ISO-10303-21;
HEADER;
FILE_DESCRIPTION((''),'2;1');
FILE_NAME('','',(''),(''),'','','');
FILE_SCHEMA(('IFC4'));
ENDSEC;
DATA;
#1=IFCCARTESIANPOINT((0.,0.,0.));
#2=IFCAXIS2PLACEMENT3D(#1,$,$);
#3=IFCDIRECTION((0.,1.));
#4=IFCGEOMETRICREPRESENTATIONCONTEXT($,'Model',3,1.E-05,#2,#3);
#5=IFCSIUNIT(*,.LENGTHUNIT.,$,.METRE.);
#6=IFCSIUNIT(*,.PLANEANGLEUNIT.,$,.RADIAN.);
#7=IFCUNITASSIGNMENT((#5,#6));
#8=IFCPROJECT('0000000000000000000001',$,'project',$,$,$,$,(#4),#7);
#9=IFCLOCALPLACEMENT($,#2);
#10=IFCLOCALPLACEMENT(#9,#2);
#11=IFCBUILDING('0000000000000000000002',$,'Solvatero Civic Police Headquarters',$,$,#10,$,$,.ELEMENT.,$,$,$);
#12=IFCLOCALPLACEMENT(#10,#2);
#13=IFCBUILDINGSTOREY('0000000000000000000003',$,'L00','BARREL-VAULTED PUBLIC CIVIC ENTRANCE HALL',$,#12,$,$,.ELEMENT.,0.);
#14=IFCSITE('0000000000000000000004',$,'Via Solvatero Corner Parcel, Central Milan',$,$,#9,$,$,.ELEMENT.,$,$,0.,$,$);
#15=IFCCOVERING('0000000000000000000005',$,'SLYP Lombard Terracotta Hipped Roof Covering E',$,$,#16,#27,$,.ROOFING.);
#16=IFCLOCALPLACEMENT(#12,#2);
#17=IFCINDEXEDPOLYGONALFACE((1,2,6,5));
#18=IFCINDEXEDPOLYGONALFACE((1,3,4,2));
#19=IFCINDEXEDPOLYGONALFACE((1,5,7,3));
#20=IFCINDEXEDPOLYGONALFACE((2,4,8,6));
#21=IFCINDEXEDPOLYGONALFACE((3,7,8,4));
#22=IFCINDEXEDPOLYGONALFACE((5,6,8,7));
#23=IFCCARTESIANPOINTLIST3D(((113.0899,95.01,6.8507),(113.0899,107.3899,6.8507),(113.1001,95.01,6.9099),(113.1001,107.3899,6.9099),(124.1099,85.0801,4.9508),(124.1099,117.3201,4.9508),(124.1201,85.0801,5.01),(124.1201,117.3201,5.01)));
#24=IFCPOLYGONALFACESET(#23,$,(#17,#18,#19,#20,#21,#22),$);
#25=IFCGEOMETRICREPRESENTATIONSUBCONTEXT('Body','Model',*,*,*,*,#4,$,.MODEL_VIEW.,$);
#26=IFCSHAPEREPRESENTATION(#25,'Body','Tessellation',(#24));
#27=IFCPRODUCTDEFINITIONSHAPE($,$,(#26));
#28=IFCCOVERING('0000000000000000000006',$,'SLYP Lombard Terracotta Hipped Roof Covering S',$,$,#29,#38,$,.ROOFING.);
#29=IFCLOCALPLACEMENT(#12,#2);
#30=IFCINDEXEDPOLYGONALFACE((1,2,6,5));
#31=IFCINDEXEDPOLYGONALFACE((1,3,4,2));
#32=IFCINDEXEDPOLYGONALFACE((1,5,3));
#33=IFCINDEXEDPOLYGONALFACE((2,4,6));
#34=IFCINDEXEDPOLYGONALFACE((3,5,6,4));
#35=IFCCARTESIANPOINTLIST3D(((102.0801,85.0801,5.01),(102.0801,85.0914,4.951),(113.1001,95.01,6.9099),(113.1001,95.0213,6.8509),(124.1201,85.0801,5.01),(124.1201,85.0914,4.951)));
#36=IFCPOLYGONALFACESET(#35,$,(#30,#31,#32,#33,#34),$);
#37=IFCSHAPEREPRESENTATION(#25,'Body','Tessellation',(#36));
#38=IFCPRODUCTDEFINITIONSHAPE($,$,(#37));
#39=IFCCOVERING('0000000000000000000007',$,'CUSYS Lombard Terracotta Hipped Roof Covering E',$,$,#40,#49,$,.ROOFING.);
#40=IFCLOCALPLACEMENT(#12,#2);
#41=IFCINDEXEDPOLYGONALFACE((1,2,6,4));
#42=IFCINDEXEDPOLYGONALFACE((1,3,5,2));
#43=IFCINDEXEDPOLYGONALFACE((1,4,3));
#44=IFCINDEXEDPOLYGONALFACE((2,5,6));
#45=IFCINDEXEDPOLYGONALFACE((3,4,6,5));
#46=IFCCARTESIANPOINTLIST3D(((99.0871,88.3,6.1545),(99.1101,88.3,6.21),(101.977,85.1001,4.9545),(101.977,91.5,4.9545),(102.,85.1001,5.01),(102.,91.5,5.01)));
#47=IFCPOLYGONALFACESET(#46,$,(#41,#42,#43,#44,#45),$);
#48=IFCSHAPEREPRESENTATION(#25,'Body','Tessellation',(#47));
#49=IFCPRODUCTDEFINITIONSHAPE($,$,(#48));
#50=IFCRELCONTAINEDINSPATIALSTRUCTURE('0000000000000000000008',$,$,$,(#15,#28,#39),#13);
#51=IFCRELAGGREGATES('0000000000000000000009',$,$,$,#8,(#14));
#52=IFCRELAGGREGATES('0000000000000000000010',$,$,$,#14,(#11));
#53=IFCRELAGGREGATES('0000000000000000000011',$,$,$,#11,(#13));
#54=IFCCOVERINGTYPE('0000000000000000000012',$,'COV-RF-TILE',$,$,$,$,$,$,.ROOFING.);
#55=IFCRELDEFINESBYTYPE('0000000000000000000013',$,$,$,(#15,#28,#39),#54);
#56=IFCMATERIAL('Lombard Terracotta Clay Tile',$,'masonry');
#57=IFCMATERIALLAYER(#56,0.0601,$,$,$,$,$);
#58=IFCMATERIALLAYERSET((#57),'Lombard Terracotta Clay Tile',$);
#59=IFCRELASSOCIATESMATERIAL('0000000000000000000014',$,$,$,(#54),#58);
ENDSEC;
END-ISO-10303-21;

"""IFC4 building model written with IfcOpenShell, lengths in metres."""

from ifc_helpers import new_model, si_unit, direction, frame, origin, place, context, subcontext, project, spatial, polyline, outline, extrude, material, layer, layer_set, type_object, element, save


model = new_model("IFC4")

# Units and contexts
model_context = context("Model", 3, precision=1e-05, world=origin(), true_north=direction((0.0, 1.0)))
body_context = subcontext(model_context, "Body", "Model", "MODEL_VIEW")
ifc_project = project(units=[si_unit("LENGTHUNIT", "METRE"), si_unit("PLANEANGLEUNIT", "RADIAN")], contexts=[model_context])

# Site, building, storey
site_placement = place(None, origin())
site = spatial("IfcSite", under=ifc_project, at=site_placement, Name="Via Solvatero Corner Parcel, Central Milan", CompositionType="ELEMENT", RefElevation=0.0)
building_placement = place(site_placement, origin())
building = spatial("IfcBuilding", under=site, at=building_placement, Name="Solvatero Civic Police Headquarters", CompositionType="ELEMENT")
storey_placement = place(building_placement, origin())
storey = spatial("IfcBuildingStorey", under=building, at=storey_placement, Name="L00", Description="BARREL-VAULTED PUBLIC CIVIC ENTRANCE HALL", CompositionType="ELEMENT", Elevation=0.0)

# Coverings
ifc_material_1 = material(Name="Lombard Terracotta Clay Tile", Category="masonry")
ifc_layer_1 = layer(ifc_material_1, 0.0601)
ifc_layer_set_1 = layer_set([ifc_layer_1], Name="Lombard Terracotta Clay Tile")
covering_type = type_object("IfcCoveringType", Name="COV-RF-TILE", PredefinedType="ROOFING", material=ifc_layer_set_1)
covering_1_placement = place(storey_placement, frame((124.1201, 85.0801, 5.01), z_axis=(0.169898, 0.0, 0.985462), x_axis=(0.0, 1.0, 0.0)))
element("IfcCovering", 1, at=covering_1_placement, inside=storey, type_object=covering_type, Name="SLYP Lombard Terracotta Hipped Roof Covering E", PredefinedType="ROOFING", context=body_context, shape_type="SweptSolid", body=[
    extrude(outline(polyline([(0.0, 0.0), (32.24, 0.0), (22.3098, 11.1826), (9.9299, 11.1826), (0.0, 0.0)])), origin(), (0.0, 0.0, -1.0), 0.0601),
])
covering_2_placement = place(storey_placement, frame((102.0801, 85.0801, 5.01), z_axis=(0.0, -0.187922, 0.982184), x_axis=(1.0, 0.0, 0.0)))
element("IfcCovering", 2, at=covering_2_placement, inside=storey, type_object=covering_type, Name="SLYP Lombard Terracotta Hipped Roof Covering S", PredefinedType="ROOFING", context=body_context, shape_type="SweptSolid", body=[
    extrude(outline(polyline([(0.0, 0.0), (22.04, 0.0), (11.02, 10.1101), (0.0, 0.0)])), origin(), (0.0, 0.0, -1.0), 0.0601),
])
covering_3_placement = place(storey_placement, frame((102.0, 85.1001, 5.01), z_axis=(0.383479, 0.0, 0.923549), x_axis=(0.0, 1.0, 0.0)))
element("IfcCovering", 3, at=covering_3_placement, inside=storey, type_object=covering_type, Name="CUSYS Lombard Terracotta Hipped Roof Covering E", PredefinedType="ROOFING", context=body_context, shape_type="SweptSolid", body=[
    extrude(outline(polyline([(0.0, 0.0), (6.3999, 0.0), (3.2, 3.1291), (0.0, 0.0)])), origin(), (0.0, 0.0, -1.0), 0.0601),
])

save(model, "model.ifc")
